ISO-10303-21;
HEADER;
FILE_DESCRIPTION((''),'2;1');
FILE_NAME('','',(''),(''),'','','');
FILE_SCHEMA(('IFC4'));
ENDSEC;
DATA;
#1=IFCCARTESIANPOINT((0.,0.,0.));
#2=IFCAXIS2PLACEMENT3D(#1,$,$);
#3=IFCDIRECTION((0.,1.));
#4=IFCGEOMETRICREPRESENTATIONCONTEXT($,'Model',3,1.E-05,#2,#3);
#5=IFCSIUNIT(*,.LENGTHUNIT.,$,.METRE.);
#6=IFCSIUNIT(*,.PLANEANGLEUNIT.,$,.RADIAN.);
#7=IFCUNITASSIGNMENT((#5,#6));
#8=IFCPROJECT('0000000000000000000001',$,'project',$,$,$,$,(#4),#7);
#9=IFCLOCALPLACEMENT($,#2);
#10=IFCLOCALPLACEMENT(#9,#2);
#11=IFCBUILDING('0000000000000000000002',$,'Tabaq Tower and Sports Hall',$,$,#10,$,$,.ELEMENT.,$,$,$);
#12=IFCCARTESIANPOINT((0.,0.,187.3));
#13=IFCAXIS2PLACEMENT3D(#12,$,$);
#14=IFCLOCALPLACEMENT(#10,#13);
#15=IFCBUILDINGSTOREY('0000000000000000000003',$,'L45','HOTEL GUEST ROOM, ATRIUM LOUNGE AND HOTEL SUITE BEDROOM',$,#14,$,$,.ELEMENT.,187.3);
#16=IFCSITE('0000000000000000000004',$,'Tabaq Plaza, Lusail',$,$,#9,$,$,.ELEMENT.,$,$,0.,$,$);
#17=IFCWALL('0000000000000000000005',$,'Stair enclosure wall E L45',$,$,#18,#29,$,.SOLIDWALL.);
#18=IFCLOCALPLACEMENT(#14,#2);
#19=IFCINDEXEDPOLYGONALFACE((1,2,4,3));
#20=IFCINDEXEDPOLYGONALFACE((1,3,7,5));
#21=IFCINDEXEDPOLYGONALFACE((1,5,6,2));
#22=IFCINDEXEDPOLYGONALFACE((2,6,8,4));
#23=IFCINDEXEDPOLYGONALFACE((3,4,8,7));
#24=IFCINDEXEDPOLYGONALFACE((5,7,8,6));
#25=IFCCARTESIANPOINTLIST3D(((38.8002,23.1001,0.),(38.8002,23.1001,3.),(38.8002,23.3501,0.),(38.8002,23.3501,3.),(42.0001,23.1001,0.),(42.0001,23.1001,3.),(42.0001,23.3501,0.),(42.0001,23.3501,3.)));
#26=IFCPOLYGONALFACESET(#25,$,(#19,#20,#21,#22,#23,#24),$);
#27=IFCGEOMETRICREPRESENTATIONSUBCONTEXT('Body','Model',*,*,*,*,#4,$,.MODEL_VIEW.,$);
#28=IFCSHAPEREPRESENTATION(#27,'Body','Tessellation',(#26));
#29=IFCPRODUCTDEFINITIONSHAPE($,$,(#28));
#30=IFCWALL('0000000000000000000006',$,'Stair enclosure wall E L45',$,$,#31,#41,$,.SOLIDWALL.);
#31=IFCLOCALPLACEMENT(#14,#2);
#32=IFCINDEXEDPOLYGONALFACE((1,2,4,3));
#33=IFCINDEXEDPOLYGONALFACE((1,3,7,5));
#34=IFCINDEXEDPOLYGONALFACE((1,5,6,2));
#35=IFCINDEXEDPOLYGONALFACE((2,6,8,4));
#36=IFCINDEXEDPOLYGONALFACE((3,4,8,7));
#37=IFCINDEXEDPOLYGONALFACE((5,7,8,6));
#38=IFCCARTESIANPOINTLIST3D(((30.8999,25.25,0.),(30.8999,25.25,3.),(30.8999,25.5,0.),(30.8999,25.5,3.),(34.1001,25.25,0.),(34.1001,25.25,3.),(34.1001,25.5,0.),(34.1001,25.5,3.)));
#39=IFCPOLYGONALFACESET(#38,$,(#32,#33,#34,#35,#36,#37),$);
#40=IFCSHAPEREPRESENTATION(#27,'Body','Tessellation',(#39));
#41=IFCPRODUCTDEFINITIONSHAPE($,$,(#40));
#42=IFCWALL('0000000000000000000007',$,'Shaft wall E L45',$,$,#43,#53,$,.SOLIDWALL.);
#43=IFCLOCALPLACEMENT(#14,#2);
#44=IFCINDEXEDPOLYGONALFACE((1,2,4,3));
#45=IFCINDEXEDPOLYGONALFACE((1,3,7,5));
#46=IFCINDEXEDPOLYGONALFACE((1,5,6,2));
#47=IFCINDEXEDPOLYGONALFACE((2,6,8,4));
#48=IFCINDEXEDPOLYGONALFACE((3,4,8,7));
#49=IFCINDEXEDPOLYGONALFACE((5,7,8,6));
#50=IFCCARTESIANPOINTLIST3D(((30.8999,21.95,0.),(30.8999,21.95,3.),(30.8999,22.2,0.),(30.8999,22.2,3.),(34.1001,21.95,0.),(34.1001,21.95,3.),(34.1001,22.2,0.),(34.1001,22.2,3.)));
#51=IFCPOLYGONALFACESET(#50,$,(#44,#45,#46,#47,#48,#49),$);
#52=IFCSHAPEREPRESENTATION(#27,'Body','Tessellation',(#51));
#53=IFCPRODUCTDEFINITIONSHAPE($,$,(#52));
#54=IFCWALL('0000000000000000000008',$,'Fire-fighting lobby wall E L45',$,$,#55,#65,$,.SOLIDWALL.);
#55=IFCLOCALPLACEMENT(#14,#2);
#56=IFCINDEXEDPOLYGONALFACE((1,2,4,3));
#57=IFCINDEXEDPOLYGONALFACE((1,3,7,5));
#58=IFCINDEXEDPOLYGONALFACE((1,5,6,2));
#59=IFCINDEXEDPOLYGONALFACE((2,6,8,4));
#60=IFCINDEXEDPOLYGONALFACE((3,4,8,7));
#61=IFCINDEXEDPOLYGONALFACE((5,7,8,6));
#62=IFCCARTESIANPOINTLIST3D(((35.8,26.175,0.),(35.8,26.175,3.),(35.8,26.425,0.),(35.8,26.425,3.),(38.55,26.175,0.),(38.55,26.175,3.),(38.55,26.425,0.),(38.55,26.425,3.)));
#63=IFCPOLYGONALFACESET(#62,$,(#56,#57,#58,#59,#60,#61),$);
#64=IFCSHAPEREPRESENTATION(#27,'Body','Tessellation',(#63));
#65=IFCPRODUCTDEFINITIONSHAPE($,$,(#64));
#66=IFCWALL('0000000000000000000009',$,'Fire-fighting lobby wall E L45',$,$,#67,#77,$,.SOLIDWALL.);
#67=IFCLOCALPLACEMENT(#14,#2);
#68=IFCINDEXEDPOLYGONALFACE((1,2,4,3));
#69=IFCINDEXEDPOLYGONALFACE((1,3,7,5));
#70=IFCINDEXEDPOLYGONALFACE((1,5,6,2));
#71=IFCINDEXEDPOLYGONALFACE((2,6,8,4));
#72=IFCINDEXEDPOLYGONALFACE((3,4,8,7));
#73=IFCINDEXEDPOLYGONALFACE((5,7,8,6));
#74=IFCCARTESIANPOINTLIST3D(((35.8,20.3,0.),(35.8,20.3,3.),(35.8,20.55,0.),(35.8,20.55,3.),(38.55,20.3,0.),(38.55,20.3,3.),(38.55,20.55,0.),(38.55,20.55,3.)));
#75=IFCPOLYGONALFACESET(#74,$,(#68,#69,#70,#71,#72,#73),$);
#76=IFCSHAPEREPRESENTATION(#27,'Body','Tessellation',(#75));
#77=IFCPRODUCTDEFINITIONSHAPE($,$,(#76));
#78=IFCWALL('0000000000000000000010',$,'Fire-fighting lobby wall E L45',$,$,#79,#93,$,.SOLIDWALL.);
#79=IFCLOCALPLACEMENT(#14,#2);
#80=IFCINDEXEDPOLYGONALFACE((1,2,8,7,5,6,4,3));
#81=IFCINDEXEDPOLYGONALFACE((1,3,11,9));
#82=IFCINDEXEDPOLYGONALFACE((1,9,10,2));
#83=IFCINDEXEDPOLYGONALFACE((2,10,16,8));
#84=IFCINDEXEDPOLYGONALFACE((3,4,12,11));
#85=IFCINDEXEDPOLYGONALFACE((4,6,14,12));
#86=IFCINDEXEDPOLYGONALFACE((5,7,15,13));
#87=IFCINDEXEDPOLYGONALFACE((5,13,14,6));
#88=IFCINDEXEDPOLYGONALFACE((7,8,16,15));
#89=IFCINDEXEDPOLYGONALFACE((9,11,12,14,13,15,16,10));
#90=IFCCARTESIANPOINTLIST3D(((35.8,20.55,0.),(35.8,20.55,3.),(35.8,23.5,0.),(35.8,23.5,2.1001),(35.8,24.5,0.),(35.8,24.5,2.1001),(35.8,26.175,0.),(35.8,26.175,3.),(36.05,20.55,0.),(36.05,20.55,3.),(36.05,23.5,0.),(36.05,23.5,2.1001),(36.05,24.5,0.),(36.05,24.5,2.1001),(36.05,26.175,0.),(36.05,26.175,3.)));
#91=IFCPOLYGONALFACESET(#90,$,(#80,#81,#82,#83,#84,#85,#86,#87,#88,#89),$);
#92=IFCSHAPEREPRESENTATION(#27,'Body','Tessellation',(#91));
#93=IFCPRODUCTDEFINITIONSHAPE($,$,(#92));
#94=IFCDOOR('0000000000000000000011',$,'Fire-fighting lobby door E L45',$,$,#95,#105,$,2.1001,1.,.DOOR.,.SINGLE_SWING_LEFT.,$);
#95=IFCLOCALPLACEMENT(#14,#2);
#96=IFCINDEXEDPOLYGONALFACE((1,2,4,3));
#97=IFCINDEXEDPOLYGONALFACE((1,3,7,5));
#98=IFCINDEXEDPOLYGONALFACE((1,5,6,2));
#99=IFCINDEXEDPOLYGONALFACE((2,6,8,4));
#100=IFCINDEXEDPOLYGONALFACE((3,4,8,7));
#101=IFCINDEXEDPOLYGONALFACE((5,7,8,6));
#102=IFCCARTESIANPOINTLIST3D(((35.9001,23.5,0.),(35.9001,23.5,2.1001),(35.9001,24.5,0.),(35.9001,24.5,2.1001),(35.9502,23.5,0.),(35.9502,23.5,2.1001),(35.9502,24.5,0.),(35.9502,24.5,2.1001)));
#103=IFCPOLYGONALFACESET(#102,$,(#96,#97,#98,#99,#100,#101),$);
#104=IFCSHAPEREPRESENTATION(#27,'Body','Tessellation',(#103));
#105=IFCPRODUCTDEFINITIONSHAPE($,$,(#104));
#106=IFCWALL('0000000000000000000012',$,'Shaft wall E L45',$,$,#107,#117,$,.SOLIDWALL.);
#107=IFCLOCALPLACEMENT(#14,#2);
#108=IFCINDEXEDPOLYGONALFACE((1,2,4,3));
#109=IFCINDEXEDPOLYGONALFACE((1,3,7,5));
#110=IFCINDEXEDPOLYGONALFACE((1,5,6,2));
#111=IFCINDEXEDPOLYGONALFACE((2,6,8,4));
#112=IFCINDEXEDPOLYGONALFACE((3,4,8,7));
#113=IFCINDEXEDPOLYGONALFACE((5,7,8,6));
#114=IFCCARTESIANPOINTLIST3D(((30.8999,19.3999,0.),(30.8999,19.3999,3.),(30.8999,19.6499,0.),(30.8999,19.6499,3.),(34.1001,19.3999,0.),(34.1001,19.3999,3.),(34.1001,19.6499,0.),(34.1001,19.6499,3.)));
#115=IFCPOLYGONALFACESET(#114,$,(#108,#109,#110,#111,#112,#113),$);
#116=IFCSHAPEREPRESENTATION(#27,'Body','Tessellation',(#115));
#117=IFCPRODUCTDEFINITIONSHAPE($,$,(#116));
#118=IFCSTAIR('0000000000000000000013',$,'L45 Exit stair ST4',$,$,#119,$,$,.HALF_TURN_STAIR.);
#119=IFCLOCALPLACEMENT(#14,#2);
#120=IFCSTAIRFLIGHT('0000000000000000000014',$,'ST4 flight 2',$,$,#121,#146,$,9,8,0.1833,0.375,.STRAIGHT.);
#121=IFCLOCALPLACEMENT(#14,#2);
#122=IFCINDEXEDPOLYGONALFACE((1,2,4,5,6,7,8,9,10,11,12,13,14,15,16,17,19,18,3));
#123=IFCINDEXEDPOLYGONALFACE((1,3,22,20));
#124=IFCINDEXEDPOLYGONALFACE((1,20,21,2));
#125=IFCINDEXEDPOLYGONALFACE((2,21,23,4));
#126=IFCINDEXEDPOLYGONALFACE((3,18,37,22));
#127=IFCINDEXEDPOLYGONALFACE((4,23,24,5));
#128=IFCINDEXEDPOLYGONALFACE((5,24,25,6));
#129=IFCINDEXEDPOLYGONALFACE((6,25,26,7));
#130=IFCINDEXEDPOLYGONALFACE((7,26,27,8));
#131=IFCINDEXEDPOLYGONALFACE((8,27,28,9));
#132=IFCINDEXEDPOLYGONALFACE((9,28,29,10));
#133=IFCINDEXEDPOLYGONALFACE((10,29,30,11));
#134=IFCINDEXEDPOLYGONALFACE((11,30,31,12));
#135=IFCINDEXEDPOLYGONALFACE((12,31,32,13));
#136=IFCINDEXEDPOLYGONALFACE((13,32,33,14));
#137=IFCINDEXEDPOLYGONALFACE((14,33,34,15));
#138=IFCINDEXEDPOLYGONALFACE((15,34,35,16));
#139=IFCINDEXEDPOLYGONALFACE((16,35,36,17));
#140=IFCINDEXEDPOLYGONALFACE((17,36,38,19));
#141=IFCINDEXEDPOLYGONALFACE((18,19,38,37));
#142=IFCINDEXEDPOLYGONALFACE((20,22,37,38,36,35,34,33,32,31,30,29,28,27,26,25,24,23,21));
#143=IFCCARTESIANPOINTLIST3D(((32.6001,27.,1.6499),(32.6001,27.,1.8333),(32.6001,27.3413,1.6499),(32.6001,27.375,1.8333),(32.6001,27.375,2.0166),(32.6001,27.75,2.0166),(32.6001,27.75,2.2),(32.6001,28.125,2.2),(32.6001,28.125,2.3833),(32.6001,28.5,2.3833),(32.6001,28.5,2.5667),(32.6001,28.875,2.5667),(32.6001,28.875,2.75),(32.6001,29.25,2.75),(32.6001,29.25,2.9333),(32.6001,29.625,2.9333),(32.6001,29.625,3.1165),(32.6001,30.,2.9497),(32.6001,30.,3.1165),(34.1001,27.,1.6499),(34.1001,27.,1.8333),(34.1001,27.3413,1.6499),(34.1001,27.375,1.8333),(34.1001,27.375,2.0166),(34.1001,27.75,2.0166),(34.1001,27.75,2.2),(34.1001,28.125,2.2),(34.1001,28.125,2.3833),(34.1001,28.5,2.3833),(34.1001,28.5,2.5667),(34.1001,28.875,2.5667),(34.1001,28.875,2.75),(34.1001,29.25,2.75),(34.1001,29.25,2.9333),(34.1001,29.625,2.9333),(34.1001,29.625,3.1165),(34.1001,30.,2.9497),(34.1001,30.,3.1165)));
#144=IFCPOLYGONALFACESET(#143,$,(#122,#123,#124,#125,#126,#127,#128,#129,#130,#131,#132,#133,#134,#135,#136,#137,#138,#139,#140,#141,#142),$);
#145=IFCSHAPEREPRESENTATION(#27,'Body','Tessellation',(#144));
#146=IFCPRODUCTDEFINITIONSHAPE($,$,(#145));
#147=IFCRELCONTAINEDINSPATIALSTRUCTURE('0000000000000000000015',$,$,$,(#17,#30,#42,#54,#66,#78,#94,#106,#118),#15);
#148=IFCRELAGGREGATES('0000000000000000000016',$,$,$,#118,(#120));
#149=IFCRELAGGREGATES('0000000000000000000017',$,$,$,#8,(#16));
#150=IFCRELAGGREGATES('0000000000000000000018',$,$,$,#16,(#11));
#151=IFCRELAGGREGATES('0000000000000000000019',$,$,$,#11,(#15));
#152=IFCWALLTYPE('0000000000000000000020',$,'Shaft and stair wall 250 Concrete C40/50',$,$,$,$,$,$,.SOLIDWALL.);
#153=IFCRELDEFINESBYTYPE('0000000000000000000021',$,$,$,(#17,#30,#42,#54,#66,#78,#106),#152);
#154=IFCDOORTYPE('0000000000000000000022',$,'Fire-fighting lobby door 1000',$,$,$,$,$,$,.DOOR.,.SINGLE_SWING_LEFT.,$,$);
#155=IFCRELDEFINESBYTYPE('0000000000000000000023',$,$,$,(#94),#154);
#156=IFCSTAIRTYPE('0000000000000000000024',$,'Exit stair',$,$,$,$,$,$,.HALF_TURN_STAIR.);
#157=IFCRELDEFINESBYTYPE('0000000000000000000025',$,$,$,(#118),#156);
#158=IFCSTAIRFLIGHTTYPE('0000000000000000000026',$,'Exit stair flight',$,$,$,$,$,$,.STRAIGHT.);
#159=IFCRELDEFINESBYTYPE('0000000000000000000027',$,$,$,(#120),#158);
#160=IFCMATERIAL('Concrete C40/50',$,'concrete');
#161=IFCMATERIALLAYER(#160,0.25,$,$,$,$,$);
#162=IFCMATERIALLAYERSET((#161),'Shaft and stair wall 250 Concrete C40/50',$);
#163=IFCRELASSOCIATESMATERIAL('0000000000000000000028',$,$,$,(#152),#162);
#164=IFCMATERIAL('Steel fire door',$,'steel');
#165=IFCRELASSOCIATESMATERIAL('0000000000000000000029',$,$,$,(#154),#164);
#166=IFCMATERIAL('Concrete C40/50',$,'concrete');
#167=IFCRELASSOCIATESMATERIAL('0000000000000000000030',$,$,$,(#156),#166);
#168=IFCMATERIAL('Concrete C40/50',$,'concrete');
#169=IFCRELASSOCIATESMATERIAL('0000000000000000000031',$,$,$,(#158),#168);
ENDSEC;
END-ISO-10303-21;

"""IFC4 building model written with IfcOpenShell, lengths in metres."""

from ifc_helpers import new_model, si_unit, direction, frame, frame_2d, origin, place, context, subcontext, project, spatial, polyline, rectangle, outline, extrude, material, layer, layer_set, type_object, element, fill, aggregate, save


model = new_model("IFC4")

# Units and contexts
model_context = context("Model", 3, precision=1e-05, world=origin(), true_north=direction((0.0, 1.0)))
body_context = subcontext(model_context, "Body", "Model", "MODEL_VIEW")
ifc_project = project(units=[si_unit("LENGTHUNIT", "METRE"), si_unit("PLANEANGLEUNIT", "RADIAN")], contexts=[model_context])

# Site, building, storey
site_placement = place(None, origin())
site = spatial("IfcSite", under=ifc_project, at=site_placement, Name="Tabaq Plaza, Lusail", CompositionType="ELEMENT", RefElevation=0.0)
building_placement = place(site_placement, origin())
building = spatial("IfcBuilding", under=site, at=building_placement, Name="Tabaq Tower and Sports Hall", CompositionType="ELEMENT")
storey_placement = place(building_placement, frame((0.0, 0.0, 187.3)))
storey = spatial("IfcBuildingStorey", under=building, at=storey_placement, Name="L45", Description="HOTEL GUEST ROOM, ATRIUM LOUNGE AND HOTEL SUITE BEDROOM", CompositionType="ELEMENT", Elevation=187.3)

# Shared definitions
ifc_material_1 = material(Name="Concrete C40/50", Category="concrete")
ifc_layer_1 = layer(ifc_material_1, 0.25)
ifc_layer_set_1 = layer_set([ifc_layer_1], Name="Shaft and stair wall 250 Concrete C40/50")
wall_type_1 = type_object("IfcWallType", Name="Shaft and stair wall 250 Concrete C40/50", PredefinedType="SOLIDWALL", material=ifc_layer_set_1)

# Walls
wall_1_placement = place(storey_placement, frame((38.8, 23.2251, 0.0), z_axis=(0.0, 0.0, 1.0), x_axis=(1.0, 0.0, 0.0)))
element("IfcWall", 1, at=wall_1_placement, inside=storey, type_object=wall_type_1, Name="Stair enclosure wall E L45", PredefinedType="SOLIDWALL", context=body_context, shape_type="SweptSolid", body=[
    extrude(rectangle(XDim=3.2, YDim=0.25, at=frame_2d((1.6001, 0.0))), origin(), (0.0, 0.0, 1.0), 3.0),
])
for number, where, z_axis, x_axis, name in (
    (2, (30.8999, 25.375, 0.0), (0.0, 0.0, 1.0), (1.0, 0.0, 0.0), "Stair enclosure wall E L45"),
    (3, (30.8999, 22.075, 0.0), (0.0, 0.0, 1.0), (1.0, 0.0, 0.0), "Shaft wall E L45"),
):
    element("IfcWall", number, at=place(storey_placement, frame(where, z_axis=z_axis, x_axis=x_axis)), inside=storey, type_object=wall_type_1, Name=name, PredefinedType="SOLIDWALL", context=body_context, shape_type="SweptSolid", body=[
        extrude(rectangle(XDim=3.2002, YDim=0.25, at=frame_2d((1.6001, 0.0))), origin(), (0.0, 0.0, 1.0), 3.0),
    ])
for number, where, z_axis, x_axis, name in (
    (4, (35.8, 26.3, 0.0), (0.0, 0.0, 1.0), (1.0, 0.0, 0.0), "Fire-fighting lobby wall E L45"),
    (5, (35.8, 20.425, 0.0), (0.0, 0.0, 1.0), (1.0, 0.0, 0.0), "Fire-fighting lobby wall E L45"),
):
    element("IfcWall", number, at=place(storey_placement, frame(where, z_axis=z_axis, x_axis=x_axis)), inside=storey, type_object=wall_type_1, Name=name, PredefinedType="SOLIDWALL", context=body_context, shape_type="SweptSolid", body=[
        extrude(rectangle(XDim=2.75, YDim=0.25, at=frame_2d((1.375, 0.0))), origin(), (0.0, 0.0, 1.0), 3.0),
    ])

# Wall, opening, door
wall_2_placement = place(storey_placement, frame((35.925, 20.55, 0.0), z_axis=(0.0, 0.0, 1.0), x_axis=(0.0, 1.0, 0.0)))
wall_2 = element("IfcWall", 6, at=wall_2_placement, inside=storey, type_object=wall_type_1, Name="Fire-fighting lobby wall E L45", PredefinedType="SOLIDWALL", context=body_context, shape_type="SweptSolid", body=[
    extrude(rectangle(XDim=5.625, YDim=0.25, at=frame_2d((2.8125, 0.0))), origin(), (0.0, 0.0, 1.0), 3.0),
])
opening_1_placement = place(wall_2_placement, frame((2.95, 0.0, 0.0)))
opening_1 = element("IfcOpeningElement", 7, at=opening_1_placement, cuts=wall_2, PredefinedType="OPENING", context=body_context, shape_type="SweptSolid", body=[
    extrude(rectangle(XDim=1.0, YDim=2.1001, at=frame_2d((0.5, 1.05))), frame((0.0, 0.125, 0.0), z_axis=(0.0, -1.0, 0.0), x_axis=(1.0, 0.0, 0.0)), (0.0, 0.0, 1.0), 0.25),
])
ifc_material_2 = material(Name="Steel fire door", Category="steel")
door_type_1 = type_object("IfcDoorType", Name="Fire-fighting lobby door 1000", OperationType="SINGLE_SWING_LEFT", PredefinedType="DOOR", material=ifc_material_2)
door_1_placement = place(opening_1_placement, origin())
door_1 = element("IfcDoor", 8, at=door_1_placement, inside=storey, type_object=door_type_1, Name="Fire-fighting lobby door E L45", OperationType="SINGLE_SWING_LEFT", OverallHeight=2.1001, OverallWidth=1.0, PredefinedType="DOOR", context=body_context, shape_type="SweptSolid", body=[
    extrude(rectangle(XDim=1.0, YDim=2.1001, at=frame_2d((0.5, 1.05))), frame((0.0, 0.0249, 0.0), z_axis=(0.0, -1.0, 0.0), x_axis=(1.0, 0.0, 0.0)), (0.0, 0.0, 1.0), 0.05),
])
fill(opening_1, door_1)

# Wall
wall_3_placement = place(storey_placement, frame((30.8999, 19.5249, 0.0), z_axis=(0.0, 0.0, 1.0), x_axis=(1.0, 0.0, 0.0)))
element("IfcWall", 9, at=wall_3_placement, inside=storey, type_object=wall_type_1, Name="Shaft wall E L45", PredefinedType="SOLIDWALL", context=body_context, shape_type="SweptSolid", body=[
    extrude(rectangle(XDim=3.2002, YDim=0.25, at=frame_2d((1.6001, 0.0))), origin(), (0.0, 0.0, 1.0), 3.0),
])

# Stair, stair flight
ifc_material_3 = material(Name="Concrete C40/50", Category="concrete")
stair_type = type_object("IfcStairType", Name="Exit stair", PredefinedType="HALF_TURN_STAIR", material=ifc_material_3)
stair_placement = place(storey_placement, origin())
stair = element("IfcStair", 10, at=stair_placement, inside=storey, type_object=stair_type, Name="L45 Exit stair ST4", PredefinedType="HALF_TURN_STAIR")
ifc_material_4 = material(Name="Concrete C40/50", Category="concrete")
stair_flight_type = type_object("IfcStairFlightType", Name="Exit stair flight", PredefinedType="STRAIGHT", material=ifc_material_4)
stair_flight_placement = place(storey_placement, frame((33.3501, 27.0, 1.6499), z_axis=(0.0, 0.0, 1.0), x_axis=(0.0, 1.0, 0.0)))
stair_flight = element("IfcStairFlight", 11, at=stair_flight_placement, type_object=stair_flight_type, Name="ST4 flight 2", NumberOfRisers=9, NumberOfTreads=8, PredefinedType="STRAIGHT", RiserHeight=0.1833, TreadLength=0.375, context=body_context, shape_type="SweptSolid", body=[
    extrude(outline(polyline([(0.0, 0.0), (0.0, 0.1833), (0.375, 0.1833), (0.375, 0.3667), (0.75, 0.3667), (0.75, 0.55), (1.125, 0.55), (1.125, 0.7334), (1.5, 0.7334), (1.5, 0.9167), (1.875, 0.9167), (1.875, 1.1001), (2.25, 1.1001), (2.25, 1.2834), (2.625, 1.2834), (2.625, 1.4666), (3.0, 1.4666), (3.0, 1.6499), (3.0, 1.2998), (0.3413, 0.0), (0.0, 0.0)])), frame((0.0, 0.75, 0.0), z_axis=(0.0, -1.0, 0.0), x_axis=(1.0, 0.0, 0.0)), (0.0, 0.0, 1.0), 1.5),
])
aggregate(stair, [stair_flight])

save(model, "model.ifc")
